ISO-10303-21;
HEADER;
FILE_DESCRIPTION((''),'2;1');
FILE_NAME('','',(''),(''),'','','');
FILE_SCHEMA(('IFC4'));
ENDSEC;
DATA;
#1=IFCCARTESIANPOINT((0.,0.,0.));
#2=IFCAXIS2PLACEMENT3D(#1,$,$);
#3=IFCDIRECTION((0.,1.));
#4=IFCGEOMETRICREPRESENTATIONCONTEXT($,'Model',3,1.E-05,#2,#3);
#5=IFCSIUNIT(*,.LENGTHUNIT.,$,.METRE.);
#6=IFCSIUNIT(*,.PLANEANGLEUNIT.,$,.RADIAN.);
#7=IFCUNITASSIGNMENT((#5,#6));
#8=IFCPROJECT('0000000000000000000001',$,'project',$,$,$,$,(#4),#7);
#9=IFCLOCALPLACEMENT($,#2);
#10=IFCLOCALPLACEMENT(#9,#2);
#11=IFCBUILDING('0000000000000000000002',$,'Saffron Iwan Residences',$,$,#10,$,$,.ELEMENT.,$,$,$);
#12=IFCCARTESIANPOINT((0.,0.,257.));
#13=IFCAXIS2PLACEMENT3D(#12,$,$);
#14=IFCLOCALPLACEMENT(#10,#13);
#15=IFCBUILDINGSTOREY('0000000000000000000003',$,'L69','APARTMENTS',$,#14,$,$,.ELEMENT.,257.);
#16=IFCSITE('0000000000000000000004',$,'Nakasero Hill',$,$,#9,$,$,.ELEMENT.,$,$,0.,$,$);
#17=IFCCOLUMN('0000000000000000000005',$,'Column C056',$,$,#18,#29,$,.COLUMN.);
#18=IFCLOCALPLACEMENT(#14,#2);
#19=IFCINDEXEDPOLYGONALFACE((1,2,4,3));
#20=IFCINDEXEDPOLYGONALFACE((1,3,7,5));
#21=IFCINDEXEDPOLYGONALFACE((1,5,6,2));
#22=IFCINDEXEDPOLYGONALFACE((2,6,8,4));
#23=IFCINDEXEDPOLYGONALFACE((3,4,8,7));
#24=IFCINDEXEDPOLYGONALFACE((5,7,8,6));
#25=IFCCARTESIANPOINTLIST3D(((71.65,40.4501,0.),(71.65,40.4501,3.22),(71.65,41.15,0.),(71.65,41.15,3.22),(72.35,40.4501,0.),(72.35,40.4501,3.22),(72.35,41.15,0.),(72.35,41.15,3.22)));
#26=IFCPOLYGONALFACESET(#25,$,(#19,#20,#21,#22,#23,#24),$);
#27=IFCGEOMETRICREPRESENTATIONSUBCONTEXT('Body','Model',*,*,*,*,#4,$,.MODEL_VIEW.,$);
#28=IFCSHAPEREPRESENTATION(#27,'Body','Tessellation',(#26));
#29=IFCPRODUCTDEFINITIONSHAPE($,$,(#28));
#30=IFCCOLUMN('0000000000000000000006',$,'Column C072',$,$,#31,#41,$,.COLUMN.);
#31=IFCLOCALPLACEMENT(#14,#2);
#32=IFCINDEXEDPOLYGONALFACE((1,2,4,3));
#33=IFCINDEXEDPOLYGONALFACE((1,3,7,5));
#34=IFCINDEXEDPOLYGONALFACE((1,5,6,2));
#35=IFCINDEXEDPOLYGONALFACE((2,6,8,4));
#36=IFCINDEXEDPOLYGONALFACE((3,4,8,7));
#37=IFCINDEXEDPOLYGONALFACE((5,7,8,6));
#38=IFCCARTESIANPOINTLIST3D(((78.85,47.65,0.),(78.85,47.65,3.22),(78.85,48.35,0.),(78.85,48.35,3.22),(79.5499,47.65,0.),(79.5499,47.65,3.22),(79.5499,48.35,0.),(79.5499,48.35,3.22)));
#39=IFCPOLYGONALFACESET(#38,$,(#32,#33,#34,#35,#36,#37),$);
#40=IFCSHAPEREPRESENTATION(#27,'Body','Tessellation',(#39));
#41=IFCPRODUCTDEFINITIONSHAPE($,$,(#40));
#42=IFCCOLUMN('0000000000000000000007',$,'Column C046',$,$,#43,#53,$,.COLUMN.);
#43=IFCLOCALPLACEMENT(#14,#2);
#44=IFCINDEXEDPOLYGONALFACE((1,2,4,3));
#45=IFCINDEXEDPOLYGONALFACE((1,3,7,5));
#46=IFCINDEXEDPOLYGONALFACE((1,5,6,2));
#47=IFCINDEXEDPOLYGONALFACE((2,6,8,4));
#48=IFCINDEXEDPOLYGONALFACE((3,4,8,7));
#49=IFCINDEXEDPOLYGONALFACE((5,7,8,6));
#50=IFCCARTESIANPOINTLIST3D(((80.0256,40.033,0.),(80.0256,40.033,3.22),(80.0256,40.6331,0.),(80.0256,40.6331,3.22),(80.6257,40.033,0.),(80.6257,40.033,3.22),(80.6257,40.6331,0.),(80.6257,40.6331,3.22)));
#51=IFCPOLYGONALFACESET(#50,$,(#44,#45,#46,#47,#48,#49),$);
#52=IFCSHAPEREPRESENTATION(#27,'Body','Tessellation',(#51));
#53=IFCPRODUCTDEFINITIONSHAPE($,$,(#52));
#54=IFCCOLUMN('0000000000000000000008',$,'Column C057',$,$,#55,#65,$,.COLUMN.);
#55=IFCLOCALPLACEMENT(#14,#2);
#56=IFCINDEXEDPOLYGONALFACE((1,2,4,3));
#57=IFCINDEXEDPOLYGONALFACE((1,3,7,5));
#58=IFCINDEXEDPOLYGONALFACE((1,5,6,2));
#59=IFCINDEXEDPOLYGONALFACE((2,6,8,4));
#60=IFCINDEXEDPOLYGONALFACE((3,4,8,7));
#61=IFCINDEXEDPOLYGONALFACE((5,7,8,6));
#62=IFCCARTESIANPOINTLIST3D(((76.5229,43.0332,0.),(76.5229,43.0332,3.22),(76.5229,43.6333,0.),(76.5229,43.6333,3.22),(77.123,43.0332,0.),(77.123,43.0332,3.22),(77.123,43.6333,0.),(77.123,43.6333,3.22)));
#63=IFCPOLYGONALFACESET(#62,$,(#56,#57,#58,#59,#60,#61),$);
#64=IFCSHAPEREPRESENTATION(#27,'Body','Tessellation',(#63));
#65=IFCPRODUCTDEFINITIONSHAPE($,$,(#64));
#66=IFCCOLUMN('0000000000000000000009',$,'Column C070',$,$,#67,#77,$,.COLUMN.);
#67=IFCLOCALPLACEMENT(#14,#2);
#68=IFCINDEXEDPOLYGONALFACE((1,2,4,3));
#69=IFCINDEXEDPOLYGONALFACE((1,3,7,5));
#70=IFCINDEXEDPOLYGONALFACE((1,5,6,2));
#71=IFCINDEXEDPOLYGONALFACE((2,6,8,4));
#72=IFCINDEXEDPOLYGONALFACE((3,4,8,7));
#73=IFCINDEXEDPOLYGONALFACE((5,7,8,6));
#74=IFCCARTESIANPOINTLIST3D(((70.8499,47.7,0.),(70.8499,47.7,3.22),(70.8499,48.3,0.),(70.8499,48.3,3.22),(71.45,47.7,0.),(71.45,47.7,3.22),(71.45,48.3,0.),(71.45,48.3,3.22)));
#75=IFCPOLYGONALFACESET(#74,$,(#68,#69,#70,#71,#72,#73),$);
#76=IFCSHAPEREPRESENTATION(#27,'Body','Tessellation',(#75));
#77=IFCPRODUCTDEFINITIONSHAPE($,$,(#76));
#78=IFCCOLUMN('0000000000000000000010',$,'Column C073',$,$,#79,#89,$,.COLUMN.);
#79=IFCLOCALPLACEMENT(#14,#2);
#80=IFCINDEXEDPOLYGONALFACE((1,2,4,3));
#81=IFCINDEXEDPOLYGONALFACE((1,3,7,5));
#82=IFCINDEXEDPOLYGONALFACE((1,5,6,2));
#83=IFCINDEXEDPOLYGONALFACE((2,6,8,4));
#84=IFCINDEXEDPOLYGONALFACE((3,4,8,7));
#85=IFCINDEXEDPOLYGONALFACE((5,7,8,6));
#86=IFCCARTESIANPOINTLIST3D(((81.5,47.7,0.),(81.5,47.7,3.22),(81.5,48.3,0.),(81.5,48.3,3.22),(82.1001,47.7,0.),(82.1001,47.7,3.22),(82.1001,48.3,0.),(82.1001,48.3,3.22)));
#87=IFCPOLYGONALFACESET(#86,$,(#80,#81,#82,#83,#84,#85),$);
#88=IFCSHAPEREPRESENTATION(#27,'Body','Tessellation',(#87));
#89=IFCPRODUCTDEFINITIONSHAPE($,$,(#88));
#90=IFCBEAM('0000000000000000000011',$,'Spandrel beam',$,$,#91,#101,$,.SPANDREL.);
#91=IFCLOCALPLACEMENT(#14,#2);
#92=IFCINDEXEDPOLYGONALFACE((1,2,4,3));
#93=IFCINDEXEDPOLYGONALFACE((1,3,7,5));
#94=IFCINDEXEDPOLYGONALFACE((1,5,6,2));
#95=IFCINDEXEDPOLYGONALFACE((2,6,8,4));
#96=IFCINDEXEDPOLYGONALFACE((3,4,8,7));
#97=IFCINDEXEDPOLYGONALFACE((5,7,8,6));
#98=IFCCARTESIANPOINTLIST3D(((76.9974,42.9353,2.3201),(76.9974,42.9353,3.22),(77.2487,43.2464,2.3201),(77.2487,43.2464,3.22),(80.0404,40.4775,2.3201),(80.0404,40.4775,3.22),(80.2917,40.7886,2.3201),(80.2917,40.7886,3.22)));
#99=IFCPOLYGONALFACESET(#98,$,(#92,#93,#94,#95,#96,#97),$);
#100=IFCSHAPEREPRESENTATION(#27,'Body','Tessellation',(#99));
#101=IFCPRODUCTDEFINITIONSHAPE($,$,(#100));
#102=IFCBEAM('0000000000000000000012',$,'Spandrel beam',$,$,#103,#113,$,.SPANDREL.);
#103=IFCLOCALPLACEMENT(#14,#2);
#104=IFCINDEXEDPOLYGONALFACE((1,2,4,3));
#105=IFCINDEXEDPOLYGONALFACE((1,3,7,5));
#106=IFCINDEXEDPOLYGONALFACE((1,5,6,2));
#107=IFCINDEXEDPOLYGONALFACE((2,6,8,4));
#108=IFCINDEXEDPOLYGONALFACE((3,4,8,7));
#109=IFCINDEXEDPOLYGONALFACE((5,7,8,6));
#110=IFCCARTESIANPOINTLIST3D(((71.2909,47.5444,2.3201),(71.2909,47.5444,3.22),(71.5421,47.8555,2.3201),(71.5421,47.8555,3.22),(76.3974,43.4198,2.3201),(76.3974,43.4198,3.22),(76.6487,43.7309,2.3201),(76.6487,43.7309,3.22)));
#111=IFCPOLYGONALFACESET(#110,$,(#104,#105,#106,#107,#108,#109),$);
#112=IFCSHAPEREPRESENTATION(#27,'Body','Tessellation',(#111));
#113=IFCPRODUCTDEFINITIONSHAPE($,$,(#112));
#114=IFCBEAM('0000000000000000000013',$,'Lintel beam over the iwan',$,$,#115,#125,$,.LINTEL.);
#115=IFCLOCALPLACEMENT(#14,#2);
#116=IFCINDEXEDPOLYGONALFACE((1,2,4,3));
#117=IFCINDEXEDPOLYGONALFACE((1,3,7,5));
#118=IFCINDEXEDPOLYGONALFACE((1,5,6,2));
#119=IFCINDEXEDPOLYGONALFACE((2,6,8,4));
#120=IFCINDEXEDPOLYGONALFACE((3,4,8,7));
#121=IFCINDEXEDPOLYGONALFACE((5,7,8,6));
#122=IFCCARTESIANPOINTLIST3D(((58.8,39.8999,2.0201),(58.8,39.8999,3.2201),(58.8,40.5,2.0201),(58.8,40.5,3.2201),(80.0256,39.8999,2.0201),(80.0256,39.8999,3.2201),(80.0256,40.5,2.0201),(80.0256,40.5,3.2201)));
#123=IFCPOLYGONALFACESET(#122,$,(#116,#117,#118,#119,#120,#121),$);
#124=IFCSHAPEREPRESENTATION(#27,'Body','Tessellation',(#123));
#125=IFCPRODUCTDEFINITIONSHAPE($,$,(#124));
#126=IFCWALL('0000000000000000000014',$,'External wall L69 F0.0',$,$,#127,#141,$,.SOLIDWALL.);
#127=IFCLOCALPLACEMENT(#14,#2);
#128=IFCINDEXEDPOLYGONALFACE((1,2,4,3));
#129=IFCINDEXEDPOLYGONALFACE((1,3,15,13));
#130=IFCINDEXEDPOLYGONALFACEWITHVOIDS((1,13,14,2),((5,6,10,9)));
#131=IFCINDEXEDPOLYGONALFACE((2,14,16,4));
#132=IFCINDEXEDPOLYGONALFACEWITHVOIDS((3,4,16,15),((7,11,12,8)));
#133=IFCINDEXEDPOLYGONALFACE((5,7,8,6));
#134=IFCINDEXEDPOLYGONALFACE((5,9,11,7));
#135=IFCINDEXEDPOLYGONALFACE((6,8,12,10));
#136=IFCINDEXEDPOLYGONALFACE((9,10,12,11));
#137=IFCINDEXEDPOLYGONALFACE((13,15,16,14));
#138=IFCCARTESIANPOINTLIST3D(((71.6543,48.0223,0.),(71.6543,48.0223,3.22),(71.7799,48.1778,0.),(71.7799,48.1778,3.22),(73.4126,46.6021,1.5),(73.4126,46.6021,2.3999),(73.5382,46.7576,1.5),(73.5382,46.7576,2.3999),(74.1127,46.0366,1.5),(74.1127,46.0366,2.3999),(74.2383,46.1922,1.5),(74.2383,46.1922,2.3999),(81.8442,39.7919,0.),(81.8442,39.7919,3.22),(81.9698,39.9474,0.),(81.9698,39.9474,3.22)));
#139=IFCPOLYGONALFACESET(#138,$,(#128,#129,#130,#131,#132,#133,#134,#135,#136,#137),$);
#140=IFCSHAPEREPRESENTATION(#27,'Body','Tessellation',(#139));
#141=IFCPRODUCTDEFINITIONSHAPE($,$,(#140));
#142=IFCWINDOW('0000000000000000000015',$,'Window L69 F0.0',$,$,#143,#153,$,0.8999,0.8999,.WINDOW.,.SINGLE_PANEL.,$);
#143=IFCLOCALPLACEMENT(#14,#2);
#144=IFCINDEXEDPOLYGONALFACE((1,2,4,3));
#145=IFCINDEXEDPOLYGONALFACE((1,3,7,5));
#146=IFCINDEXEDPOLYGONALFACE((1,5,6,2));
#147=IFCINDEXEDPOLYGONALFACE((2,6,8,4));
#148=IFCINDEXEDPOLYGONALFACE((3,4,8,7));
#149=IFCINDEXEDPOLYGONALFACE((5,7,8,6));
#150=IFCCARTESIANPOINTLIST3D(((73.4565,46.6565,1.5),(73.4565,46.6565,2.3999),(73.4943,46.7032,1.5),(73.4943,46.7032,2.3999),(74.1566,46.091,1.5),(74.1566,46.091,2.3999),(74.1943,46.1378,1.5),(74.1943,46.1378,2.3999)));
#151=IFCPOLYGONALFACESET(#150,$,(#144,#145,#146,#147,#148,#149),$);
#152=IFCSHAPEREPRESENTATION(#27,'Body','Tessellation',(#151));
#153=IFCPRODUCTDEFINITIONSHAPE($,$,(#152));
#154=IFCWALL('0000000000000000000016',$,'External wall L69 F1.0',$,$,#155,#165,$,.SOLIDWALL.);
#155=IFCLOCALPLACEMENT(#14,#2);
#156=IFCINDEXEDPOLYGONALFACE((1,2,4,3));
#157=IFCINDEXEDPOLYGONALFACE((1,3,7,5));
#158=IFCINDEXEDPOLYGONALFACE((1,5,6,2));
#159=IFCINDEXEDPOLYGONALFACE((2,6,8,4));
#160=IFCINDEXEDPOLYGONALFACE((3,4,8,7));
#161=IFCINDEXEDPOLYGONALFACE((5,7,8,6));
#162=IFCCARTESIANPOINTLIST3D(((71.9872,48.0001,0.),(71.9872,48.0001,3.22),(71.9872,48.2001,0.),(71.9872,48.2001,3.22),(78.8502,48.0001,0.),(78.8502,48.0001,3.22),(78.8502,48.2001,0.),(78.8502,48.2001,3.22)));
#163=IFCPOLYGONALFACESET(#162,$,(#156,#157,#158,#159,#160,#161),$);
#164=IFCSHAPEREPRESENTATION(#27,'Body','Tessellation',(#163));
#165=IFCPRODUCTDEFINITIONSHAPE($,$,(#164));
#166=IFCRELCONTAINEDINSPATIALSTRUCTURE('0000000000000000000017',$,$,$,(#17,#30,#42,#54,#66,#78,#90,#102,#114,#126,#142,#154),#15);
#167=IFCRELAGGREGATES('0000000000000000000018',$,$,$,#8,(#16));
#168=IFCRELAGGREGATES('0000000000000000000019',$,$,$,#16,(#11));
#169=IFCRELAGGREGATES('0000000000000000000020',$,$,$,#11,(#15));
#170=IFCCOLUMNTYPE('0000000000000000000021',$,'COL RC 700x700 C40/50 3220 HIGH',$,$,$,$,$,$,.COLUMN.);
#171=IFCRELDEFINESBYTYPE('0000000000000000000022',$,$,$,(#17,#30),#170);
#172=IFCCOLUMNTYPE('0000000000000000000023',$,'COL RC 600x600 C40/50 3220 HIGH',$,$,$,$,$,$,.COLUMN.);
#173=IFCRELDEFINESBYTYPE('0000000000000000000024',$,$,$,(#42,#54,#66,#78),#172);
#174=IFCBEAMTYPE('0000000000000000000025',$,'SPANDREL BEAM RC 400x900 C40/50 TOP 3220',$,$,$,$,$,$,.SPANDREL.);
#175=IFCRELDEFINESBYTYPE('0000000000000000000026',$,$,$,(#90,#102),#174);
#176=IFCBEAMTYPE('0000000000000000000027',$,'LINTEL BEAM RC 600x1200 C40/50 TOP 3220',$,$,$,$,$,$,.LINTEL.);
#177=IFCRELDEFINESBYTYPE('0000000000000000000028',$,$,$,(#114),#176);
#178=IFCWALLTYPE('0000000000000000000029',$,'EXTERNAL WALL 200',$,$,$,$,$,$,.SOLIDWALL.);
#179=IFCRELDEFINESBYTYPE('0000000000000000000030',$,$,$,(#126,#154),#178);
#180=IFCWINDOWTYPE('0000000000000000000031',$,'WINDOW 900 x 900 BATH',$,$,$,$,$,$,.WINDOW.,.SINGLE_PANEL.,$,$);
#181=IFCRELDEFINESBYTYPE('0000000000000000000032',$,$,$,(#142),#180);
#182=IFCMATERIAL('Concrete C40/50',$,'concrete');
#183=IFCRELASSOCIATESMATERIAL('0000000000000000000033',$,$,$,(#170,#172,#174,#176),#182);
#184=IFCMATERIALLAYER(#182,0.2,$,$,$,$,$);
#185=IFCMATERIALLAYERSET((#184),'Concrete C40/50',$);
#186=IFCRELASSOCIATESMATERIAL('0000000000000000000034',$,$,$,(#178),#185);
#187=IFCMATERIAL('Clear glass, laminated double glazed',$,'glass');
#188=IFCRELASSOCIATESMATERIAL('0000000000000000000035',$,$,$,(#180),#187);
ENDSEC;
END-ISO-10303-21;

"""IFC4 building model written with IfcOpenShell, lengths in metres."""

from ifc_helpers import new_model, si_unit, direction, frame, frame_2d, origin, origin_2d, place, context, subcontext, project, spatial, rectangle, extrude, source, transform, mapped, material, layer, layer_set, material_profile, profile_set, type_object, element, fill, save


model = new_model("IFC4")

# Units and contexts
model_context = context("Model", 3, precision=1e-05, world=origin(), true_north=direction((0.0, 1.0)))
body_context = subcontext(model_context, "Body", "Model", "MODEL_VIEW")
ifc_project = project(units=[si_unit("LENGTHUNIT", "METRE"), si_unit("PLANEANGLEUNIT", "RADIAN")], contexts=[model_context])

# Site, building, storey
site_placement = place(None, origin())
site = spatial("IfcSite", under=ifc_project, at=site_placement, Name="Nakasero Hill", CompositionType="ELEMENT", RefElevation=0.0)
building_placement = place(site_placement, origin())
building = spatial("IfcBuilding", under=site, at=building_placement, Name="Saffron Iwan Residences", CompositionType="ELEMENT")
storey_placement = place(building_placement, frame((0.0, 0.0, 257.0)))
storey = spatial("IfcBuildingStorey", under=building, at=storey_placement, Name="L69", Description="APARTMENTS", CompositionType="ELEMENT", Elevation=257.0)

# Columns
ifc_material_1 = material(Name="Concrete C40/50", Category="concrete")
ifc_material_profile_1 = material_profile(ifc_material_1, rectangle(XDim=0.7, YDim=0.7, at=origin_2d()), Name="RC 700x700")
ifc_profile_set_1 = profile_set([ifc_material_profile_1], Name="Concrete C40/50")
column_type_1 = type_object("IfcColumnType", Name="COL RC 700x700 C40/50 3220 HIGH", PredefinedType="COLUMN", material=ifc_profile_set_1)
shared_shape_1 = source(origin(), body_context, "Body", "SweptSolid", [
    extrude(rectangle(XDim=0.7, YDim=0.7, at=origin_2d()), origin(), (0.0, 0.0, 1.0), 3.22),
])
for number, where, z_axis, x_axis, name in (
    (1, (72.0, 40.8, 0.0), (0.0, 0.0, 1.0), (1.0, 0.0, 0.0), "Column C056"),
    (2, (79.2, 48.0, 0.0), (0.0, 0.0, 1.0), (1.0, 0.0, 0.0), "Column C072"),
):
    element("IfcColumn", number, at=place(storey_placement, frame(where, z_axis=z_axis, x_axis=x_axis)), inside=storey, type_object=column_type_1, Name=name, PredefinedType="COLUMN", context=body_context, shape_type="MappedRepresentation", body=[
        mapped(shared_shape_1, transform((0.0, 0.0, 0.0))),
    ])
ifc_material_profile_2 = material_profile(ifc_material_1, rectangle(XDim=0.6001, YDim=0.6001, at=origin_2d()), Name="RC 600x600")
ifc_profile_set_2 = profile_set([ifc_material_profile_2], Name="Concrete C40/50")
column_type_2 = type_object("IfcColumnType", Name="COL RC 600x600 C40/50 3220 HIGH", PredefinedType="COLUMN", material=ifc_profile_set_2)
shared_shape_2 = source(origin(), body_context, "Body", "SweptSolid", [
    extrude(rectangle(XDim=0.6001, YDim=0.6001, at=origin_2d()), origin(), (0.0, 0.0, 1.0), 3.22),
])
for number, where, z_axis, x_axis, name in (
    (3, (80.3257, 40.333, 0.0), (0.0, 0.0, 1.0), (1.0, 0.0, 0.0), "Column C046"),
    (4, (76.823, 43.3333, 0.0), (0.0, 0.0, 1.0), (1.0, 0.0, 0.0), "Column C057"),
    (5, (71.1499, 48.0, 0.0), (0.0, 0.0, 1.0), (1.0, 0.0, 0.0), "Column C070"),
    (6, (81.8, 48.0, 0.0), (0.0, 0.0, 1.0), (1.0, 0.0, 0.0), "Column C073"),
):
    element("IfcColumn", number, at=place(storey_placement, frame(where, z_axis=z_axis, x_axis=x_axis)), inside=storey, type_object=column_type_2, Name=name, PredefinedType="COLUMN", context=body_context, shape_type="MappedRepresentation", body=[
        mapped(shared_shape_2, transform((0.0, 0.0, 0.0))),
    ])

# Beams
ifc_material_profile_3 = material_profile(ifc_material_1, rectangle(XDim=0.3999, YDim=0.8999, at=origin_2d()), Name="RC 400x900")
ifc_profile_set_3 = profile_set([ifc_material_profile_3], Name="Concrete C40/50")
beam_type_1 = type_object("IfcBeamType", Name="SPANDREL BEAM RC 400x900 C40/50 TOP 3220", PredefinedType="SPANDREL", material=ifc_profile_set_3)
shared_shape_3 = source(origin(), body_context, "Body", "SweptSolid", [
    extrude(rectangle(XDim=0.3999, YDim=0.8999, at=origin_2d()), origin(), (0.0, 0.0, 1.0), 3.9116),
])
beam_1_placement = place(storey_placement, frame((77.123, 43.0908, 2.77), z_axis=(0.777944, -0.628334, 0.0), x_axis=(0.628334, 0.777944, 0.0)))
element("IfcBeam", 7, at=beam_1_placement, inside=storey, type_object=beam_type_1, Name="Spandrel beam", PredefinedType="SPANDREL", context=body_context, shape_type="MappedRepresentation", body=[
    mapped(shared_shape_3, transform((0.0, 0.0, 0.0))),
])
shared_shape_4 = source(origin(), body_context, "Body", "SweptSolid", [
    extrude(rectangle(XDim=0.3999, YDim=0.8999, at=origin_2d()), origin(), (0.0, 0.0, 1.0), 6.5642),
])
beam_2_placement = place(storey_placement, frame((71.4165, 47.7, 2.77), z_axis=(0.777936, -0.628344, 0.0), x_axis=(0.628344, 0.777936, 0.0)))
element("IfcBeam", 8, at=beam_2_placement, inside=storey, type_object=beam_type_1, Name="Spandrel beam", PredefinedType="SPANDREL", context=body_context, shape_type="MappedRepresentation", body=[
    mapped(shared_shape_4, transform((0.0, 0.0, 0.0))),
])
ifc_material_profile_4 = material_profile(ifc_material_1, rectangle(XDim=0.6001, YDim=1.2, at=origin_2d()), Name="RC 600x1200")
ifc_profile_set_4 = profile_set([ifc_material_profile_4], Name="Concrete C40/50")
beam_type_2 = type_object("IfcBeamType", Name="LINTEL BEAM RC 600x1200 C40/50 TOP 3220", PredefinedType="LINTEL", material=ifc_profile_set_4)
shared_shape_5 = source(origin(), body_context, "Body", "SweptSolid", [
    extrude(rectangle(XDim=0.6001, YDim=1.2, at=origin_2d()), origin(), (0.0, 0.0, 1.0), 21.2256),
])
beam_3_placement = place(storey_placement, frame((80.0256, 40.2, 2.6201), z_axis=(-1.0, 0.0, 0.0), x_axis=(0.0, -1.0, 0.0)))
element("IfcBeam", 9, at=beam_3_placement, inside=storey, type_object=beam_type_2, Name="Lintel beam over the iwan", PredefinedType="LINTEL", context=body_context, shape_type="MappedRepresentation", body=[
    mapped(shared_shape_5, transform((0.0, 0.0, 0.0))),
])

# Wall, opening, window
ifc_layer_1 = layer(ifc_material_1, 0.2)
ifc_layer_set_1 = layer_set([ifc_layer_1], Name="Concrete C40/50")
wall_type_1 = type_object("IfcWallType", Name="EXTERNAL WALL 200", PredefinedType="SOLIDWALL", material=ifc_layer_set_1)
wall_1_placement = place(storey_placement, frame((81.907, 39.8696, 0.0), z_axis=(0.0, 0.0, 1.0), x_axis=(-0.777936, 0.628343, 0.0)))
wall_1 = element("IfcWall", 10, at=wall_1_placement, inside=storey, type_object=wall_type_1, Name="External wall L69 F0.0", PredefinedType="SOLIDWALL", context=body_context, shape_type="SweptSolid", body=[
    extrude(rectangle(XDim=13.0986, YDim=0.2, at=frame_2d((6.5493, 0.0))), origin(), (0.0, 0.0, 1.0), 3.22),
])
opening_1_placement = place(wall_1_placement, frame((9.9385, 0.0, 1.5)))
opening_1 = element("IfcOpeningElement", 11, at=opening_1_placement, cuts=wall_1, PredefinedType="OPENING", context=body_context, shape_type="SweptSolid", body=[
    extrude(rectangle(XDim=0.8999, YDim=0.8999, at=frame_2d((0.45, 0.45))), frame((0.0, 0.1099, 0.0), z_axis=(0.0, -1.0, 0.0), x_axis=(1.0, 0.0, 0.0)), (0.0, 0.0, 1.0), 0.22),
])
ifc_material_2 = material(Name="Clear glass, laminated double glazed", Category="glass")
window_type_1 = type_object("IfcWindowType", Name="WINDOW 900 x 900 BATH", PartitioningType="SINGLE_PANEL", PredefinedType="WINDOW", material=ifc_material_2)
window_1_placement = place(opening_1_placement, origin())
window_1 = element("IfcWindow", 12, at=window_1_placement, inside=storey, type_object=window_type_1, Name="Window L69 F0.0", OverallHeight=0.8999, OverallWidth=0.8999, PartitioningType="SINGLE_PANEL", PredefinedType="WINDOW", context=body_context, shape_type="SweptSolid", body=[
    extrude(rectangle(XDim=0.8999, YDim=0.8999, at=frame_2d((0.45, 0.45))), frame((0.0, 0.03, 0.0), z_axis=(0.0, -1.0, 0.0), x_axis=(1.0, 0.0, 0.0)), (0.0, 0.0, 1.0), 0.0601),
])
fill(opening_1, window_1)

# Wall
wall_2_placement = place(storey_placement, frame((71.9871, 48.1001, 0.0), z_axis=(0.0, 0.0, 1.0), x_axis=(1.0, 0.0, 0.0)))
element("IfcWall", 13, at=wall_2_placement, inside=storey, type_object=wall_type_1, Name="External wall L69 F1.0", PredefinedType="SOLIDWALL", context=body_context, shape_type="SweptSolid", body=[
    extrude(rectangle(XDim=6.863, YDim=0.2, at=frame_2d((3.4316, 0.0))), origin(), (0.0, 0.0, 1.0), 3.22),
])

save(model, "model.ifc")
